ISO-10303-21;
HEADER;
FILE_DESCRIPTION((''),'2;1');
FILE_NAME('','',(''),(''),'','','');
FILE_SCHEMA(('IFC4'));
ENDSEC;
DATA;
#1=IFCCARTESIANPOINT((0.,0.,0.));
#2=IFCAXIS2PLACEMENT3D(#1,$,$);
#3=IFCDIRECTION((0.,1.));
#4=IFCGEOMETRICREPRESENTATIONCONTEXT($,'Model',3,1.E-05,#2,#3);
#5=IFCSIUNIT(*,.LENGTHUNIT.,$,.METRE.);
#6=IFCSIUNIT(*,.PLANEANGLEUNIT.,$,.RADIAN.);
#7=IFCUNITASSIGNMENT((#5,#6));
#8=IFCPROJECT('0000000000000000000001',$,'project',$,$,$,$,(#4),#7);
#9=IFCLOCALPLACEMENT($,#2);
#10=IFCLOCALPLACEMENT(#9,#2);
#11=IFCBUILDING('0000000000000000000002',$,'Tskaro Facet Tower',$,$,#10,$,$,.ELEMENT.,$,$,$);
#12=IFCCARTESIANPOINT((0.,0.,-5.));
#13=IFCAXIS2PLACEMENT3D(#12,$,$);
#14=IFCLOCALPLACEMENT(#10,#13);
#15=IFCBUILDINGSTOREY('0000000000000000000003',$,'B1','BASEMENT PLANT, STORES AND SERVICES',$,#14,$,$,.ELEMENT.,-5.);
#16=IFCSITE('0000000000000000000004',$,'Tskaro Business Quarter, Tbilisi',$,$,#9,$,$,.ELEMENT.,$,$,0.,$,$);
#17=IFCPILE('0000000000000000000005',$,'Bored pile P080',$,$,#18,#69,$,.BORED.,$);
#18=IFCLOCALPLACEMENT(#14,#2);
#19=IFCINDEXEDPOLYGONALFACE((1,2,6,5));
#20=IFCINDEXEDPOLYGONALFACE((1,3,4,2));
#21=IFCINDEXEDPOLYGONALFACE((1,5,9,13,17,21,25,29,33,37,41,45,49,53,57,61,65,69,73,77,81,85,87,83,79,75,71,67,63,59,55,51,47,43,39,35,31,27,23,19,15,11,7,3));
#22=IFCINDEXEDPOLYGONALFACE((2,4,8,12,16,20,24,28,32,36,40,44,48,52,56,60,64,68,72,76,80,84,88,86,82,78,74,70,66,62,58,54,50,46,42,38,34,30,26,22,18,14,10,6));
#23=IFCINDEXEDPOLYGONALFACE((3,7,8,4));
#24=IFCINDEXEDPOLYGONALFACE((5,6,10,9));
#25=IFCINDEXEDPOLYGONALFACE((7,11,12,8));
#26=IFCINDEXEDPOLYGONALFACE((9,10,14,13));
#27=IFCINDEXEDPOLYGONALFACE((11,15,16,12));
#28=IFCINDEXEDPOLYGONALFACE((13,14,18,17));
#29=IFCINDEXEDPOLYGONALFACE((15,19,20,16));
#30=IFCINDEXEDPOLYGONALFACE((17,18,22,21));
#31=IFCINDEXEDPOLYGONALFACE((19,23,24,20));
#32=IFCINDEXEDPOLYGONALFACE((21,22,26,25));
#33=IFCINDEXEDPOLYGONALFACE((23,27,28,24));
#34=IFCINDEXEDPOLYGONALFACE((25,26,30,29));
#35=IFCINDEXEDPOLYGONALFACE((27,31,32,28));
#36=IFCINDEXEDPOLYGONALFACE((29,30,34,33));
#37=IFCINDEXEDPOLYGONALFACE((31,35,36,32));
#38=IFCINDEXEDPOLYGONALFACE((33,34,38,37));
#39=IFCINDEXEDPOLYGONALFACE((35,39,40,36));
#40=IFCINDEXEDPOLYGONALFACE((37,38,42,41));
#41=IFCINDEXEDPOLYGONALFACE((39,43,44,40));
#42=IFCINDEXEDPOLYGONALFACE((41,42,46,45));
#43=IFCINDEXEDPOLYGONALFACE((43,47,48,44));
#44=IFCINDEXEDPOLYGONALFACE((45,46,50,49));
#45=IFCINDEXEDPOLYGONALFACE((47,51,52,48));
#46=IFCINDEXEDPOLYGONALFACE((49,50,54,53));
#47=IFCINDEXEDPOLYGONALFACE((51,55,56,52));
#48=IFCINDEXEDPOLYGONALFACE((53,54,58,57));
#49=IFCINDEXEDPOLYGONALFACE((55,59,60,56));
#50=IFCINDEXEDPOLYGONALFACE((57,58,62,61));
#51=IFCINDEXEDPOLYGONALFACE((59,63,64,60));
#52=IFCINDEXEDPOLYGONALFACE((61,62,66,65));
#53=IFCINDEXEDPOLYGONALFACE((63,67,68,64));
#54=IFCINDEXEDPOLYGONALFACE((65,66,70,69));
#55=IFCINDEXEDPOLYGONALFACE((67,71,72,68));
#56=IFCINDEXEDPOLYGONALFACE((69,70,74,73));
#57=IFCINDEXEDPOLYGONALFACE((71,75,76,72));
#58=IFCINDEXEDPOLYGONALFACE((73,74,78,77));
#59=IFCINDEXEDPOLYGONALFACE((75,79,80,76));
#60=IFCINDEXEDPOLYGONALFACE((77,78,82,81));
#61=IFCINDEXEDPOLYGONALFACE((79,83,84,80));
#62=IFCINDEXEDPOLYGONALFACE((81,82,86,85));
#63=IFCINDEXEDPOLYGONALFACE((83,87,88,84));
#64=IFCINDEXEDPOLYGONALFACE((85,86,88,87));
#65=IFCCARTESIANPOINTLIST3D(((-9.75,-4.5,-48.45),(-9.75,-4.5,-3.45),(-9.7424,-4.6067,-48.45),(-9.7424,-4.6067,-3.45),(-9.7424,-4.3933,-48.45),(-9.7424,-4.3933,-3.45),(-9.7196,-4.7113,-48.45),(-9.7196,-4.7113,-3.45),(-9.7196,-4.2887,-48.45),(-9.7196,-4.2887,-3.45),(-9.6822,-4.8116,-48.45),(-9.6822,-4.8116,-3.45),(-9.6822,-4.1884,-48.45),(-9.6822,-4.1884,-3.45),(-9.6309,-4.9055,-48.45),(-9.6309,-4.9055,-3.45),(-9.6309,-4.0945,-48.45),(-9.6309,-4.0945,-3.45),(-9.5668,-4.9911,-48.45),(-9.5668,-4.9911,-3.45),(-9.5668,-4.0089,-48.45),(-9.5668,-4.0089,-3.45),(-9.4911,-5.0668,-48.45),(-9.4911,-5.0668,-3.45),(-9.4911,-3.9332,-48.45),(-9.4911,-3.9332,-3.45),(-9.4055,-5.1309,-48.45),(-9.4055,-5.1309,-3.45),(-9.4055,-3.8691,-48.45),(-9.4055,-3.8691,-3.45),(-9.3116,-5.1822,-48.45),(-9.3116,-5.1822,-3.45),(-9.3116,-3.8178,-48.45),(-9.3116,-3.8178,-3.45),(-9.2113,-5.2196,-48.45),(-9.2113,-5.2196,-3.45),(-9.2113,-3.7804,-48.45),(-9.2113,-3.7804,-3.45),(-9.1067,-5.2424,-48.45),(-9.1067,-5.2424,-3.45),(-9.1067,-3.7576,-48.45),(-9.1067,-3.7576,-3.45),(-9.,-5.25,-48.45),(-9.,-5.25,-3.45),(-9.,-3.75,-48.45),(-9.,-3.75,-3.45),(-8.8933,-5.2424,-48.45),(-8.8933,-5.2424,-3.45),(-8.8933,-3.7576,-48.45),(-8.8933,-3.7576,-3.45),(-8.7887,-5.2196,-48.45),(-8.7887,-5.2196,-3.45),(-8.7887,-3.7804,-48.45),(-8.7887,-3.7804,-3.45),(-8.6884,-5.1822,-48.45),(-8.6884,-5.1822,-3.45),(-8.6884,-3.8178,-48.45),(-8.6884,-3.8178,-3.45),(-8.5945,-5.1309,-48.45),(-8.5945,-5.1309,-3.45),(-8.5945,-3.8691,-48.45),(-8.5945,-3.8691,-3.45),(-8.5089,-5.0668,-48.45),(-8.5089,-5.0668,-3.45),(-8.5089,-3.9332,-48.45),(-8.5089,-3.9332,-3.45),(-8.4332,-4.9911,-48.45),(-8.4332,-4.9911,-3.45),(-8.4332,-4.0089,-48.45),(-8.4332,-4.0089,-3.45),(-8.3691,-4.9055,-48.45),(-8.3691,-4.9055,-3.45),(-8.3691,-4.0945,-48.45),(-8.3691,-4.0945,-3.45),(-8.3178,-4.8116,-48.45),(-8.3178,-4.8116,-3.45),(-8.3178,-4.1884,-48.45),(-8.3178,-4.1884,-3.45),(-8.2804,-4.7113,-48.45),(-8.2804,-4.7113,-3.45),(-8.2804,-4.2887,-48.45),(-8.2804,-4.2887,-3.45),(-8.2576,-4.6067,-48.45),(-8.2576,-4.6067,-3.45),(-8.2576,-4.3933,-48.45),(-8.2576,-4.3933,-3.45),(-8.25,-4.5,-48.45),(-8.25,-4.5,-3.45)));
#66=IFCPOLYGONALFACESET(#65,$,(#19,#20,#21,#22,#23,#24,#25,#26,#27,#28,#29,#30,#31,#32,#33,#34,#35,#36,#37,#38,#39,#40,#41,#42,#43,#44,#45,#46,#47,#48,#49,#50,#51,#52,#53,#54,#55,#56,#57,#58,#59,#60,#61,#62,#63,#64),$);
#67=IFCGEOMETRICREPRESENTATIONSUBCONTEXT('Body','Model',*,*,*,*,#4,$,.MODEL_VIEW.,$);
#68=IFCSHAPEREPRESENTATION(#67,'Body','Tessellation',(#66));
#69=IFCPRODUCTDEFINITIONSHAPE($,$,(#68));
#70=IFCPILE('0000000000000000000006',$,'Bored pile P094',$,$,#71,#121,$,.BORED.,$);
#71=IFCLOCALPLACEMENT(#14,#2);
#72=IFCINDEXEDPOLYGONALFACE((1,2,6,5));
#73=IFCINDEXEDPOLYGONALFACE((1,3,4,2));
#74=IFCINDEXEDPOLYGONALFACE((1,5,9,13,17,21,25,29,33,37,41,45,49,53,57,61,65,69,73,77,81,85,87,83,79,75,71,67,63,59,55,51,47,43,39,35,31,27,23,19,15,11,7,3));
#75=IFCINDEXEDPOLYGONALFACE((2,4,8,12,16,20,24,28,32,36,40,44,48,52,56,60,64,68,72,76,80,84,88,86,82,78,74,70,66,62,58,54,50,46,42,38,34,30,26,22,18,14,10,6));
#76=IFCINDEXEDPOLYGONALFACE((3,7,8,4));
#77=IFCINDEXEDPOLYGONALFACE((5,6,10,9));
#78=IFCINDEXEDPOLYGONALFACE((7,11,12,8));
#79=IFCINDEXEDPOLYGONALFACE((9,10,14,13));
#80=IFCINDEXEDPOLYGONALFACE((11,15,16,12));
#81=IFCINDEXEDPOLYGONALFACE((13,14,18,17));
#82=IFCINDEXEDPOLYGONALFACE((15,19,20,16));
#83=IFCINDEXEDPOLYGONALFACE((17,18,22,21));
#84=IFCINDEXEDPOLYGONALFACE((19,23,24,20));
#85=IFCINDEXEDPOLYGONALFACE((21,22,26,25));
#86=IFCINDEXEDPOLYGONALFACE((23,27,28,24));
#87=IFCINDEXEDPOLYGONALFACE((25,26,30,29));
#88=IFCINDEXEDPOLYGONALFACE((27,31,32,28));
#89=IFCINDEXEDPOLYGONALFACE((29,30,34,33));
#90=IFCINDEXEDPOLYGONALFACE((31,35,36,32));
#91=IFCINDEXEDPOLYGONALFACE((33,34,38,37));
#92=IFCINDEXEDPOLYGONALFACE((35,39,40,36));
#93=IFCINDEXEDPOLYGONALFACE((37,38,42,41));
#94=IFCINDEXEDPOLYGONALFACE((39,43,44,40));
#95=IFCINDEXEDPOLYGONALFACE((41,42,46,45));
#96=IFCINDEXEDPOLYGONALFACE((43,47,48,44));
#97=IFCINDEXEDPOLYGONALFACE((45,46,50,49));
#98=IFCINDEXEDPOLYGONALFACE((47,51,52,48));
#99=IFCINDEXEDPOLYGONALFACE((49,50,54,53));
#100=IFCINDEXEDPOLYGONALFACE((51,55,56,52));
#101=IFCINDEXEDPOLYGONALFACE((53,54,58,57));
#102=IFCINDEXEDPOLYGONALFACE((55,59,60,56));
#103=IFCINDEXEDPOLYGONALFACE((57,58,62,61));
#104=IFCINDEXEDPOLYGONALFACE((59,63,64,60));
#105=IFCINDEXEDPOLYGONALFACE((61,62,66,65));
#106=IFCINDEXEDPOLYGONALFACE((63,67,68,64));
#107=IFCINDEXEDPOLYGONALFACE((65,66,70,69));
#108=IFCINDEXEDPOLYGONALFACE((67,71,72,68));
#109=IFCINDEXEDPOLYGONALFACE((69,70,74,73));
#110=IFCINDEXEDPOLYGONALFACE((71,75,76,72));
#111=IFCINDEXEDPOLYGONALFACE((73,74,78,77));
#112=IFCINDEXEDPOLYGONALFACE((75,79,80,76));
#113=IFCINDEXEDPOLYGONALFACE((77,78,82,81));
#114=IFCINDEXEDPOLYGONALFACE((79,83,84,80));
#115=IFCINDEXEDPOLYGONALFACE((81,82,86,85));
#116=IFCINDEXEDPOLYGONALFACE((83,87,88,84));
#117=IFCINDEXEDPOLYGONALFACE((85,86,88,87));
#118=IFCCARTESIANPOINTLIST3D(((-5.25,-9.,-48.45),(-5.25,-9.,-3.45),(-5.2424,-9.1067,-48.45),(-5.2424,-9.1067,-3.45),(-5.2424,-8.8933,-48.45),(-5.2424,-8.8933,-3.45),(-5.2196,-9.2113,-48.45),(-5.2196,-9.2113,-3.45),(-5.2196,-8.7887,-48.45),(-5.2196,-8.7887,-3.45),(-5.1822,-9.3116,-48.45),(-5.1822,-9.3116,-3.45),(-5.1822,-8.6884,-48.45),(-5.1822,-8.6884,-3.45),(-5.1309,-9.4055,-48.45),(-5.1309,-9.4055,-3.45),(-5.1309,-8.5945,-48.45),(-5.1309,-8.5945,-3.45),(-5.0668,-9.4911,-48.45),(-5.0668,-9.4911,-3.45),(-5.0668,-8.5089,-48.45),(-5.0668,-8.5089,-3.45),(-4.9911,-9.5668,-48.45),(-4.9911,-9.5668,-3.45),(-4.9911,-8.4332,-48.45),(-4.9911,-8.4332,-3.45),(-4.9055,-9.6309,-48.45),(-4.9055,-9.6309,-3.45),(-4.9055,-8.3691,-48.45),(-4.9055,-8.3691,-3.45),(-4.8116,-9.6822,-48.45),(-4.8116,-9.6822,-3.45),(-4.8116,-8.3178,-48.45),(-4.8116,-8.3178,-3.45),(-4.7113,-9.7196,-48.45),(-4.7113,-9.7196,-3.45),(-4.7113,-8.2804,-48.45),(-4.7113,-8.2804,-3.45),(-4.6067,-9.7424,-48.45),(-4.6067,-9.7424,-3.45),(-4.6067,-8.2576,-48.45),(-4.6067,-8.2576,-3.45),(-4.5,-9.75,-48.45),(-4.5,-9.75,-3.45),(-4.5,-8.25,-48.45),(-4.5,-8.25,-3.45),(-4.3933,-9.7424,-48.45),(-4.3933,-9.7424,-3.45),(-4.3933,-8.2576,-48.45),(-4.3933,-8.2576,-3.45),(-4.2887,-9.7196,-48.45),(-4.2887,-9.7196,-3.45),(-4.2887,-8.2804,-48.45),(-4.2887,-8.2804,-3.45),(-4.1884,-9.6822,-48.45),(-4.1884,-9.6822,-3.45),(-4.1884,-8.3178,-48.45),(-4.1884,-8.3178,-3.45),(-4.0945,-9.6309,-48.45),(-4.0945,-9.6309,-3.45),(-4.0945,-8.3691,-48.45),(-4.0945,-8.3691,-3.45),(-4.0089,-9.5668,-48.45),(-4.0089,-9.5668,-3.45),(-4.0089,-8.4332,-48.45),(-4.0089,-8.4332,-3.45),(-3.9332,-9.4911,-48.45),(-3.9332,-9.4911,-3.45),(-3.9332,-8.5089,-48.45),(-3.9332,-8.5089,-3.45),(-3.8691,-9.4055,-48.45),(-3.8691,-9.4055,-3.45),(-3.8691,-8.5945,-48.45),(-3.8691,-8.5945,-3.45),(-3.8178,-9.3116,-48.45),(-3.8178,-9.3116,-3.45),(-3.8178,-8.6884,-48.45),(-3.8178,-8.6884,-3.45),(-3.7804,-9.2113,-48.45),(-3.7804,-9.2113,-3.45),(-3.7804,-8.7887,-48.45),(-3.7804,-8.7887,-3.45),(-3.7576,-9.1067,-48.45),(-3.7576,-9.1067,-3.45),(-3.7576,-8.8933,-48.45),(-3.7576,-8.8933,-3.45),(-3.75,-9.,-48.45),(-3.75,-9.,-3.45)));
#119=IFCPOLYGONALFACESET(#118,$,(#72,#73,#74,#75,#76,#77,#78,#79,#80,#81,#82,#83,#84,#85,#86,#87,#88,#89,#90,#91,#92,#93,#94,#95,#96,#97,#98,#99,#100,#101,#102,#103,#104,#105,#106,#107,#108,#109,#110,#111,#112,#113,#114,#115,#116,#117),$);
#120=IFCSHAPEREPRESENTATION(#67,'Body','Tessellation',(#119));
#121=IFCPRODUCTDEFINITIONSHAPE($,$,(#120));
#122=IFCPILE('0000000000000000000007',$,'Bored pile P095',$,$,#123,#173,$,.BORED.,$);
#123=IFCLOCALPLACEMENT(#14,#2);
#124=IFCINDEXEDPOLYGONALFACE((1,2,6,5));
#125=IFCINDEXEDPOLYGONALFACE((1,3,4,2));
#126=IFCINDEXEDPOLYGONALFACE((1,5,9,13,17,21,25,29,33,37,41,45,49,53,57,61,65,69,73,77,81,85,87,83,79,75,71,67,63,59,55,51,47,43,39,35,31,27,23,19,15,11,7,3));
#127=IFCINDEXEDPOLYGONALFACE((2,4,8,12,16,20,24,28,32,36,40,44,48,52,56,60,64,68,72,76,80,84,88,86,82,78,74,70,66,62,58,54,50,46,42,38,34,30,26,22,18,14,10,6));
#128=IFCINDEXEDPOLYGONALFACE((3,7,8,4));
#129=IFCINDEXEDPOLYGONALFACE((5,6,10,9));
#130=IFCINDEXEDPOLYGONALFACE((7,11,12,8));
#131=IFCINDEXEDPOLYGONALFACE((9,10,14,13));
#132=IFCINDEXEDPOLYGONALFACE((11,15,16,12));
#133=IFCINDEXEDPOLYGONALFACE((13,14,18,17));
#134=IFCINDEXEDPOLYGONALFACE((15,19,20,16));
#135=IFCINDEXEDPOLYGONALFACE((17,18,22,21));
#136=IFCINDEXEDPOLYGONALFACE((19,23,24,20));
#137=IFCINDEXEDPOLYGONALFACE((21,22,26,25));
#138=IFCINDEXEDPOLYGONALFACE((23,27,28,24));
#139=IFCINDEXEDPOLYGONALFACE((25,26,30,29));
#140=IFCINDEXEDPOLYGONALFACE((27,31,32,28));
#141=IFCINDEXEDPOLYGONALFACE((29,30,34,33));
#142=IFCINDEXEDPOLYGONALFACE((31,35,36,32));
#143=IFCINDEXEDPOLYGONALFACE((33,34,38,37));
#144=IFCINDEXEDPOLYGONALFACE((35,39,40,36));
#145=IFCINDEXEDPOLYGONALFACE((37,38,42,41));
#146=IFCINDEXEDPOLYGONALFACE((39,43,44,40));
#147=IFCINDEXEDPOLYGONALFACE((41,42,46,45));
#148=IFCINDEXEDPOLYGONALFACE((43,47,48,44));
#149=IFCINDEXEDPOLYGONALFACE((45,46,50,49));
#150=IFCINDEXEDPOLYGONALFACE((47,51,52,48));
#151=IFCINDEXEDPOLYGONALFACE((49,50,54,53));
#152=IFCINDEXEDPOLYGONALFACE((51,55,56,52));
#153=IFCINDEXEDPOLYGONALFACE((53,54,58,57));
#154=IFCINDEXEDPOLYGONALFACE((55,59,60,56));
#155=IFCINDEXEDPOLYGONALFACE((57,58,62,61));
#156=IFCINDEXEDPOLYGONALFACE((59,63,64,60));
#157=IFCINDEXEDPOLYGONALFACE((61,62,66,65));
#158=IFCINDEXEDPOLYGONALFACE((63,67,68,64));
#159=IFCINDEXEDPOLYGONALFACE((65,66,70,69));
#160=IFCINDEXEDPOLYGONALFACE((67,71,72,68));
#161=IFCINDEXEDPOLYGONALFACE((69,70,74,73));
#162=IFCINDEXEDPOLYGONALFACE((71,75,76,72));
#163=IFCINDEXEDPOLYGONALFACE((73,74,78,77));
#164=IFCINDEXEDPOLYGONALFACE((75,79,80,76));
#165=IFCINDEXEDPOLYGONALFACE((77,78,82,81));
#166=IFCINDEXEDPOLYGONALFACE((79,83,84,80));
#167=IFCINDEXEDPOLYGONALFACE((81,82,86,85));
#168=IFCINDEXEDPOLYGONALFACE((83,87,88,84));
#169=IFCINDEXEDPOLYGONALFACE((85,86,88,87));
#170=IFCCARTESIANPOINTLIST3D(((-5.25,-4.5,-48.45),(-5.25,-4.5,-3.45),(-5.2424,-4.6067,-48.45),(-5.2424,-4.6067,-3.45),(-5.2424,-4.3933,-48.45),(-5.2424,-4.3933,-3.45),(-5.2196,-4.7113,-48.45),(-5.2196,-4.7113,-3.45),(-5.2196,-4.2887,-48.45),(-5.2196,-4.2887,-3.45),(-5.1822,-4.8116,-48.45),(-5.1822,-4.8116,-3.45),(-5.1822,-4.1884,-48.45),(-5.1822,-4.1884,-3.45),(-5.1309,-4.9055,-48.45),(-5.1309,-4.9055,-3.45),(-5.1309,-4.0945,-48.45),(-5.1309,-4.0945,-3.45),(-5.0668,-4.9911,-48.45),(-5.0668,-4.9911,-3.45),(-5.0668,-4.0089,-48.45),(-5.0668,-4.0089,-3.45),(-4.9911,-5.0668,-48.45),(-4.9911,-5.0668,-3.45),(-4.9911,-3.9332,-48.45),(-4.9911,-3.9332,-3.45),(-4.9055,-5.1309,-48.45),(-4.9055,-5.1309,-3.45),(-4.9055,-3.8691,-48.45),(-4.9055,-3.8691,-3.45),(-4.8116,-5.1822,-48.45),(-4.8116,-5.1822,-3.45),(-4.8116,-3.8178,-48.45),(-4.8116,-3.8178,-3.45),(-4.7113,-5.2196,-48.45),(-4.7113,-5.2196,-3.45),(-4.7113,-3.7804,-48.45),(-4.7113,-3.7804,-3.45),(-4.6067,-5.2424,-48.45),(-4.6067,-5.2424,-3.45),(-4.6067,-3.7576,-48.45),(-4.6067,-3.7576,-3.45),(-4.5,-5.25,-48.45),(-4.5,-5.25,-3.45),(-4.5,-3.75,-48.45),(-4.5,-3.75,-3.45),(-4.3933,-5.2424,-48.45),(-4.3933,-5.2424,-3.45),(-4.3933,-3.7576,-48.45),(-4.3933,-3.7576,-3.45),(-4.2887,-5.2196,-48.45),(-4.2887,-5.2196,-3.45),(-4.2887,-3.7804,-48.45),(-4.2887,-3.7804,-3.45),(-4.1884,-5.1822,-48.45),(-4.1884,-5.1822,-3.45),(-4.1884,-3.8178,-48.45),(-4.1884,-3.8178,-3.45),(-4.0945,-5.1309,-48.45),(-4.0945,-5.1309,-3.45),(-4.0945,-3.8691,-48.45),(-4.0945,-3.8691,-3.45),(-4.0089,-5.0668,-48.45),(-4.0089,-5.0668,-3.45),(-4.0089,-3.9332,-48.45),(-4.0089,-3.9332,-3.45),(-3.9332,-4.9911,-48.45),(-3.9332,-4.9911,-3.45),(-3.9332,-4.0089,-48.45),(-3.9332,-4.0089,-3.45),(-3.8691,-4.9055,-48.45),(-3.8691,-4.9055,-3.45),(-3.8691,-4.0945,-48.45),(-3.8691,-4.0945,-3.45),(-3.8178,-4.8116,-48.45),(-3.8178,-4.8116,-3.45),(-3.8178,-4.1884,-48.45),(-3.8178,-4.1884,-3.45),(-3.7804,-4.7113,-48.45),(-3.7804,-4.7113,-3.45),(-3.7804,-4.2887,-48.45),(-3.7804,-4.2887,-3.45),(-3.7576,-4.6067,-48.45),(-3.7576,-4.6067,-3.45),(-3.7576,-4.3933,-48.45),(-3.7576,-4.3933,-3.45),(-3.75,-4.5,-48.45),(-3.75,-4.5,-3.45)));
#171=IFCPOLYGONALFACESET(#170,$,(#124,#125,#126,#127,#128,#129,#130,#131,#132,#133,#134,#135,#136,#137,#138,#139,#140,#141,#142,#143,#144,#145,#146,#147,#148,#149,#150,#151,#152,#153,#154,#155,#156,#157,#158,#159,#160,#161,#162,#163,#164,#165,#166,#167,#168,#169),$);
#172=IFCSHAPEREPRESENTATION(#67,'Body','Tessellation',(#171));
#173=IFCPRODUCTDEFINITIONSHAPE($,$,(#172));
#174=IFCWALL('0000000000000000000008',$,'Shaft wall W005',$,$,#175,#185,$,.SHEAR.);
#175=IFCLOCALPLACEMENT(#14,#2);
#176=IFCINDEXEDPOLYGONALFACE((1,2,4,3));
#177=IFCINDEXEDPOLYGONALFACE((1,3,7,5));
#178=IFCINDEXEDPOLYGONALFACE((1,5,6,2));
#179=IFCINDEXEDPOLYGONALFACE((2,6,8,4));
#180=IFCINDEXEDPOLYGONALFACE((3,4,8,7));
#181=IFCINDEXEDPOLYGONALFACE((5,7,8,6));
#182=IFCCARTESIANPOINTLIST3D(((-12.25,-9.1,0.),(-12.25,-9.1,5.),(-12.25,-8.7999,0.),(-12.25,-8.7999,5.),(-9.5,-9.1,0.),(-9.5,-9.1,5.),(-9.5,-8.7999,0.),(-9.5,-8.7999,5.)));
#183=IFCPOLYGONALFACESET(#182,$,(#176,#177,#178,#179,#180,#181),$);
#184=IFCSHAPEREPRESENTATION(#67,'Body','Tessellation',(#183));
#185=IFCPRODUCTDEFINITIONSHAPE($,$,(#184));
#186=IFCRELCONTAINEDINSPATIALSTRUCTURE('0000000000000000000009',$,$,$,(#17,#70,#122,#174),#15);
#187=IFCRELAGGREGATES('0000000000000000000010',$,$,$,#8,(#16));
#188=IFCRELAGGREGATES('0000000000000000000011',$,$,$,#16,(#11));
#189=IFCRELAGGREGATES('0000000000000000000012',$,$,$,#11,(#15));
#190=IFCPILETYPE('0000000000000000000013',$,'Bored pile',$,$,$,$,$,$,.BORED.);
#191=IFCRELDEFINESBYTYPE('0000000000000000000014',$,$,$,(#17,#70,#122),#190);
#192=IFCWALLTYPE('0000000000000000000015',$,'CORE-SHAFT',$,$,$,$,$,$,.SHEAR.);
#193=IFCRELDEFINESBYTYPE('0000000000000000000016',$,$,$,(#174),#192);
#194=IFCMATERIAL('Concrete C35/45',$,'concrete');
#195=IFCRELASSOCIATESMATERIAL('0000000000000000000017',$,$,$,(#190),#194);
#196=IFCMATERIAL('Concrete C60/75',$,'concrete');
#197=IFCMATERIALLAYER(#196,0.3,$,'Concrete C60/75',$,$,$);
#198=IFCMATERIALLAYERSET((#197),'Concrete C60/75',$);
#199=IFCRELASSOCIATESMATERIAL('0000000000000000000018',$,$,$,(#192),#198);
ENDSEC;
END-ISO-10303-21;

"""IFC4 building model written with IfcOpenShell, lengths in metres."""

from ifc_helpers import new_model, si_unit, direction, frame, frame_2d, origin, origin_2d, place, context, subcontext, project, spatial, rectangle, circle, extrude, material, layer, layer_set, material_profile, profile_set, type_object, element, save


model = new_model("IFC4")

# Units and contexts
model_context = context("Model", 3, precision=1e-05, world=origin(), true_north=direction((0.0, 1.0)))
body_context = subcontext(model_context, "Body", "Model", "MODEL_VIEW")
ifc_project = project(units=[si_unit("LENGTHUNIT", "METRE"), si_unit("PLANEANGLEUNIT", "RADIAN")], contexts=[model_context])

# Site, building, storey
site_placement = place(None, origin())
site = spatial("IfcSite", under=ifc_project, at=site_placement, Name="Tskaro Business Quarter, Tbilisi", CompositionType="ELEMENT", RefElevation=0.0)
building_placement = place(site_placement, origin())
building = spatial("IfcBuilding", under=site, at=building_placement, Name="Tskaro Facet Tower", CompositionType="ELEMENT")
storey_placement = place(building_placement, frame((0.0, 0.0, -5.0)))
storey = spatial("IfcBuildingStorey", under=building, at=storey_placement, Name="B1", Description="BASEMENT PLANT, STORES AND SERVICES", CompositionType="ELEMENT", Elevation=-5.0)

# Piles
ifc_material_1 = material(Name="Concrete C35/45", Category="concrete")
ifc_material_profile = material_profile(ifc_material_1, circle(Radius=0.75, at=origin_2d()), Name="Bored pile")
ifc_profile_set = profile_set([ifc_material_profile], Name="Concrete C35/45")
pile_type = type_object("IfcPileType", Name="Bored pile", PredefinedType="BORED", material=ifc_profile_set)
for number, where, z_axis, x_axis, name in (
    (1, (-9.0, -4.5, -3.45), (0.0, 0.0, -1.0), (1.0, 0.0, 0.0), "Bored pile P080"),
    (2, (-4.5, -9.0, -3.45), (0.0, 0.0, -1.0), (1.0, 0.0, 0.0), "Bored pile P094"),
    (3, (-4.5, -4.5, -3.45), (0.0, 0.0, -1.0), (1.0, 0.0, 0.0), "Bored pile P095"),
):
    element("IfcPile", number, at=place(storey_placement, frame(where, z_axis=z_axis, x_axis=x_axis)), inside=storey, type_object=pile_type, Name=name, PredefinedType="BORED", context=body_context, shape_type="SweptSolid", body=[
        extrude(circle(Radius=0.75, at=origin_2d()), origin(), (0.0, 0.0, 1.0), 45.0),
    ])

# Wall
ifc_material_2 = material(Name="Concrete C60/75", Category="concrete")
ifc_layer_1 = layer(ifc_material_2, 0.3, Name="Concrete C60/75")
ifc_layer_set_1 = layer_set([ifc_layer_1], Name="Concrete C60/75")
wall_type_1 = type_object("IfcWallType", Name="CORE-SHAFT", PredefinedType="SHEAR", material=ifc_layer_set_1)
wall_1_placement = place(storey_placement, frame((-12.25, -8.95, 0.0), z_axis=(0.0, 0.0, 1.0), x_axis=(1.0, 0.0, 0.0)))
element("IfcWall", 4, at=wall_1_placement, inside=storey, type_object=wall_type_1, Name="Shaft wall W005", PredefinedType="SHEAR", context=body_context, shape_type="SweptSolid", body=[
    extrude(rectangle(XDim=2.75, YDim=0.3, at=frame_2d((1.375, 0.0))), origin(), (0.0, 0.0, 1.0), 5.0),
])

save(model, "model.ifc")
